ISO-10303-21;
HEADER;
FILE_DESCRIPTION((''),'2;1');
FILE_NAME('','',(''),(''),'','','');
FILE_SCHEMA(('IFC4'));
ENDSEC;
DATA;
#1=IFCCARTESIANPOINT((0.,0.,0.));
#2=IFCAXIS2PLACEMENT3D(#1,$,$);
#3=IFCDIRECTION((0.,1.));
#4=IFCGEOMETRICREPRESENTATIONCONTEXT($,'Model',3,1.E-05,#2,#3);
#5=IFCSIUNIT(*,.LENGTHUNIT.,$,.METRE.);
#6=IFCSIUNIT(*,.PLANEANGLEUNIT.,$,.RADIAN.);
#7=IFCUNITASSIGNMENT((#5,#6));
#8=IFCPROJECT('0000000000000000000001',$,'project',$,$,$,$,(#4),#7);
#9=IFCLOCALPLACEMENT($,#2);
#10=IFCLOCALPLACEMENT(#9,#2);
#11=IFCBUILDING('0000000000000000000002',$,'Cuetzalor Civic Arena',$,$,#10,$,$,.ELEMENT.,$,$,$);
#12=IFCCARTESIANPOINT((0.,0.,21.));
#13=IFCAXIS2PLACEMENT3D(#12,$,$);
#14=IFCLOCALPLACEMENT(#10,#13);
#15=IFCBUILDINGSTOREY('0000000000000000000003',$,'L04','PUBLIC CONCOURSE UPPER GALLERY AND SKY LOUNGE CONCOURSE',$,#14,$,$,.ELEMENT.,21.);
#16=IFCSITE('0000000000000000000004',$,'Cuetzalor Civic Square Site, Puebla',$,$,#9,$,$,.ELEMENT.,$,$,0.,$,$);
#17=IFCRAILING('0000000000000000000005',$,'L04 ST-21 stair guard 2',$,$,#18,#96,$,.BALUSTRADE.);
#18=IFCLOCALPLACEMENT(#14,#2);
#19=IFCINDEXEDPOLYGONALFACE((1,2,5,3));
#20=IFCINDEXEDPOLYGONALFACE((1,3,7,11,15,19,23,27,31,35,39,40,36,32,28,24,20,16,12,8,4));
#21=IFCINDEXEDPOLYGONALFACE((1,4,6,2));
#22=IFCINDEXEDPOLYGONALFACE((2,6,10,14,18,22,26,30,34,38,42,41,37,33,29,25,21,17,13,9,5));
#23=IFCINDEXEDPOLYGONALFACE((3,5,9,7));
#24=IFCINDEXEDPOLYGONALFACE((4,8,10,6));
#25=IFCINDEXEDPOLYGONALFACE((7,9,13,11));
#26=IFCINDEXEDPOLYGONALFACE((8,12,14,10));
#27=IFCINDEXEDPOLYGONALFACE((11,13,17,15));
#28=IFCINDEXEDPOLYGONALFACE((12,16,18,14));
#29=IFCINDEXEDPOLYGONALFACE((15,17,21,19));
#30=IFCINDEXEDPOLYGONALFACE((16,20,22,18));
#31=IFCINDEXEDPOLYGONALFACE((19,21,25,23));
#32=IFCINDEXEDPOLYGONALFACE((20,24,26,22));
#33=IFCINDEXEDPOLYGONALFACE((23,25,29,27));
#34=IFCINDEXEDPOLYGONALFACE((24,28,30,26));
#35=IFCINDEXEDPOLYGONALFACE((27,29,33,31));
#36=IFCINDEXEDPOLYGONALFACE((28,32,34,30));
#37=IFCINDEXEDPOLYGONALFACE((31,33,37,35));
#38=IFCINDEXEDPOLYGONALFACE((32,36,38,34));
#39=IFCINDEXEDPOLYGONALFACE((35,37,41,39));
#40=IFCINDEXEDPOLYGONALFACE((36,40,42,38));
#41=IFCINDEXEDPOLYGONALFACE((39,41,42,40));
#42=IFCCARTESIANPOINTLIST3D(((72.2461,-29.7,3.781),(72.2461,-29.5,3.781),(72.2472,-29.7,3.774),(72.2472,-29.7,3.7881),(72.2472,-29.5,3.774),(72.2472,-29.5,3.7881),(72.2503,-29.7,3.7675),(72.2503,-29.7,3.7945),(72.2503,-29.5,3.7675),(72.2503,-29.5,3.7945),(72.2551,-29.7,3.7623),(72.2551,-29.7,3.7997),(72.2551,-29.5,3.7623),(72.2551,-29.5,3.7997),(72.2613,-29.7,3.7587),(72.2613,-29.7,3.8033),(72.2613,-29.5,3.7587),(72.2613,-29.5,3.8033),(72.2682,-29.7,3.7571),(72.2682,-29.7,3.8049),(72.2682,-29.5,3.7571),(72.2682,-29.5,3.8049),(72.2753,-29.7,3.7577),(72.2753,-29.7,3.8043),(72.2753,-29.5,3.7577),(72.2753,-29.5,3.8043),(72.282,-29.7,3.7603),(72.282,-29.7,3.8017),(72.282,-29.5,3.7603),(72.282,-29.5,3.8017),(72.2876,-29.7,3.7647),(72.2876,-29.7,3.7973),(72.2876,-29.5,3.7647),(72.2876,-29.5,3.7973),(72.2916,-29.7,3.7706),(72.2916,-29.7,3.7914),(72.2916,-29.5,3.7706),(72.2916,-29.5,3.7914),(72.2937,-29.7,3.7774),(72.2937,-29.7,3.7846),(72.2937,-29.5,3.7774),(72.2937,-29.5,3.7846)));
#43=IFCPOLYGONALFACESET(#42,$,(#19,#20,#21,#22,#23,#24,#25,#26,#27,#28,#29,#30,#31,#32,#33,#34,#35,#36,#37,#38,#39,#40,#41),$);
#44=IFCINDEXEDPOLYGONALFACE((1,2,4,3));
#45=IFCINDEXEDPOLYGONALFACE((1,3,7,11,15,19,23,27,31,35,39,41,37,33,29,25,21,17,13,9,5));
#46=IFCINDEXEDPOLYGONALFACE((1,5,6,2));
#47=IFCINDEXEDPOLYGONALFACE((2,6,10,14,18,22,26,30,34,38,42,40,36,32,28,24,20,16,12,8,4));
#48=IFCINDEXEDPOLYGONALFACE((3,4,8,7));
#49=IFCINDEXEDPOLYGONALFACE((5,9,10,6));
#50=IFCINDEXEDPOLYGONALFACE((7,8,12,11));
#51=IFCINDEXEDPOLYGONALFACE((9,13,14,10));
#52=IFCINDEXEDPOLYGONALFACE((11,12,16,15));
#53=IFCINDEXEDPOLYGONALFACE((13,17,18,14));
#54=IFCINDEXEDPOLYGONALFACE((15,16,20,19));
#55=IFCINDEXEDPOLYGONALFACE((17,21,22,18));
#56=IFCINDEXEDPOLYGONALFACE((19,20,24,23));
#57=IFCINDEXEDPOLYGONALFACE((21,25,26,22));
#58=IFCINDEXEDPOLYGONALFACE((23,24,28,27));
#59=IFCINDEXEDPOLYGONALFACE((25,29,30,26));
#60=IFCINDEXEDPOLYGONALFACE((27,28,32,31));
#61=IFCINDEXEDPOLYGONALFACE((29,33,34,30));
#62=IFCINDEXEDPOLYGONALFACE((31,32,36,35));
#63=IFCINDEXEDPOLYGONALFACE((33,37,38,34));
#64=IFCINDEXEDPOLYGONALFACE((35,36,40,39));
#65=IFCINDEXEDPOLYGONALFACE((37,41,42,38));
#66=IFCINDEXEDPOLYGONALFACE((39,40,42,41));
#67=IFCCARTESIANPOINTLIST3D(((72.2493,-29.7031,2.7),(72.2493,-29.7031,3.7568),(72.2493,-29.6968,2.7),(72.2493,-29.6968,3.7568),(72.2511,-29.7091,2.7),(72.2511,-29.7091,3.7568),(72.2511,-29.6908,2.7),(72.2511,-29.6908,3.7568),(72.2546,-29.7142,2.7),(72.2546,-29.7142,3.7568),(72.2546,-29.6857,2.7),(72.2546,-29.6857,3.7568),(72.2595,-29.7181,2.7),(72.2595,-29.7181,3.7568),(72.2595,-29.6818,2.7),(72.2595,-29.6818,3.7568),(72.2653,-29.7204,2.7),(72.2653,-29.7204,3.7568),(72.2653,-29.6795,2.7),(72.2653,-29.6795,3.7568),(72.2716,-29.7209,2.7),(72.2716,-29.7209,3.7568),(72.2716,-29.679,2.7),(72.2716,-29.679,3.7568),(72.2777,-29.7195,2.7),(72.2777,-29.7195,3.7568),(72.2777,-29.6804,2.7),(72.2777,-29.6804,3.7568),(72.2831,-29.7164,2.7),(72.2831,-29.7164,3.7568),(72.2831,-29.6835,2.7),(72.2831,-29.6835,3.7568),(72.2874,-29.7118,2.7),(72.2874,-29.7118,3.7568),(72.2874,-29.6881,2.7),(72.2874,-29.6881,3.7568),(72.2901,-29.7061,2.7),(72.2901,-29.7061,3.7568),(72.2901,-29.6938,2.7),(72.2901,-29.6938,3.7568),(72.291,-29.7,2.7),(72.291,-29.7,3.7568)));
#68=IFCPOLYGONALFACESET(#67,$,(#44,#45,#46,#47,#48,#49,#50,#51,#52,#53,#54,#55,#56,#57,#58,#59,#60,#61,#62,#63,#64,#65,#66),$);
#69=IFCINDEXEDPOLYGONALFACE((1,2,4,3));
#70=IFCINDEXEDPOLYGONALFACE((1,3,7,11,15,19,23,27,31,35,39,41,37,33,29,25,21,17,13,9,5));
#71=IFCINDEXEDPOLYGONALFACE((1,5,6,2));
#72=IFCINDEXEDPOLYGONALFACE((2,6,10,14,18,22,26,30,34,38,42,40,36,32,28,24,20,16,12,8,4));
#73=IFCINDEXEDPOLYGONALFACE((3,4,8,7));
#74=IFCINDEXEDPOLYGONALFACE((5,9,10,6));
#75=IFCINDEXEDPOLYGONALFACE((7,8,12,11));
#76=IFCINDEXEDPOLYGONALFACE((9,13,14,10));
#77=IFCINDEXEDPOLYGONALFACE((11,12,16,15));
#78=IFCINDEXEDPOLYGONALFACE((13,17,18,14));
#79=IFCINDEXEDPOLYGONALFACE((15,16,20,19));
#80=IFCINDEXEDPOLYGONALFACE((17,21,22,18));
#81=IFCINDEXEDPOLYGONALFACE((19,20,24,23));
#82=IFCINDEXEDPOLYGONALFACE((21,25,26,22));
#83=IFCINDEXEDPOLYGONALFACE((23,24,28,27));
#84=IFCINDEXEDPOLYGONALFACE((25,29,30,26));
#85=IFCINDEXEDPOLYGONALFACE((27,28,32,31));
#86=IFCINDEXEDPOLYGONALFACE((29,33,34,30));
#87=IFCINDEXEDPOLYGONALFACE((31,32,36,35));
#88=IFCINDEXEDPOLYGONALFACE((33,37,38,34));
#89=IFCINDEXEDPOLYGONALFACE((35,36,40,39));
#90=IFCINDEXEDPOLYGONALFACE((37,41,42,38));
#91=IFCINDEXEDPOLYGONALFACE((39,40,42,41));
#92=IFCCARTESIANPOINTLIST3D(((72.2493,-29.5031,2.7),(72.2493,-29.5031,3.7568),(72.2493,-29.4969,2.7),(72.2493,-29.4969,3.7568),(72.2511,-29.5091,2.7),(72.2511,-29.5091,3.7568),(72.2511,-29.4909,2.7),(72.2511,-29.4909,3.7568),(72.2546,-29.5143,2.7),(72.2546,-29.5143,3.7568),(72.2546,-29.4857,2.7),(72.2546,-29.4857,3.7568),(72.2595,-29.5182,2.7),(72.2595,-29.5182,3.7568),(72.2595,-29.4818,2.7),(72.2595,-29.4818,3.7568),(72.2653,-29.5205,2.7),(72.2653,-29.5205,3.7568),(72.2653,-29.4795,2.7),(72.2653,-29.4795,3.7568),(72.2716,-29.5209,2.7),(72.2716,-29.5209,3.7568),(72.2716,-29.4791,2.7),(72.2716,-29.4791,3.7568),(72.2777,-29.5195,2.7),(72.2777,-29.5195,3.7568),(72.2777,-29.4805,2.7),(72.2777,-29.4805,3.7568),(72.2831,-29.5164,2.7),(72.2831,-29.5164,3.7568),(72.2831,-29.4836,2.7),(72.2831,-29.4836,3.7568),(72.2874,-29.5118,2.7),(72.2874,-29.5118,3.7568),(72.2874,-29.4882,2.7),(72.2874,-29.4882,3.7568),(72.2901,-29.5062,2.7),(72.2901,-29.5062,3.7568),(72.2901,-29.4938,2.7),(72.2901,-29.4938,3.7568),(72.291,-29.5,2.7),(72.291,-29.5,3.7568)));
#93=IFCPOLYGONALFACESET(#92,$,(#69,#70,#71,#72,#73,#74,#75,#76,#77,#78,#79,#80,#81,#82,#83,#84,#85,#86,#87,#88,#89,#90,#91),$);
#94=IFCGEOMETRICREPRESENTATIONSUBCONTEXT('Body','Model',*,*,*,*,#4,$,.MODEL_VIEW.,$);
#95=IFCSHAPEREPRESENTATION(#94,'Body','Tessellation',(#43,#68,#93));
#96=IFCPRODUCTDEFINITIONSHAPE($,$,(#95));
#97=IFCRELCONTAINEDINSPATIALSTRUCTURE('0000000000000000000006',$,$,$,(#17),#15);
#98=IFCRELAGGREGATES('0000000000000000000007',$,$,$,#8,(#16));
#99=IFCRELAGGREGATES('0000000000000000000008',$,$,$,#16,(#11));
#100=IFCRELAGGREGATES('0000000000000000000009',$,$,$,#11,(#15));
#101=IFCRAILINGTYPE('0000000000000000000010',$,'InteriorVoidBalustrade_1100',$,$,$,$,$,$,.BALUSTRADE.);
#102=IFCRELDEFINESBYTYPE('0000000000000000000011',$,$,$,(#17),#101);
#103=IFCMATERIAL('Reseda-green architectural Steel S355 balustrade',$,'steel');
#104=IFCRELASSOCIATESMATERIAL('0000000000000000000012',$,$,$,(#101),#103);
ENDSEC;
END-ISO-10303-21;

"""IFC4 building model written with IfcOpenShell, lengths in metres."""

from ifc_helpers import new_model, si_unit, direction, frame, origin, origin_2d, place, context, subcontext, project, spatial, circle, extrude, material, type_object, element, save


model = new_model("IFC4")

# Units and contexts
model_context = context("Model", 3, precision=1e-05, world=origin(), true_north=direction((0.0, 1.0)))
body_context = subcontext(model_context, "Body", "Model", "MODEL_VIEW")
ifc_project = project(units=[si_unit("LENGTHUNIT", "METRE"), si_unit("PLANEANGLEUNIT", "RADIAN")], contexts=[model_context])

# Site, building, storey
site_placement = place(None, origin())
site = spatial("IfcSite", under=ifc_project, at=site_placement, Name="Cuetzalor Civic Square Site, Puebla", CompositionType="ELEMENT", RefElevation=0.0)
building_placement = place(site_placement, origin())
building = spatial("IfcBuilding", under=site, at=building_placement, Name="Cuetzalor Civic Arena", CompositionType="ELEMENT")
storey_placement = place(building_placement, frame((0.0, 0.0, 21.0)))
storey = spatial("IfcBuildingStorey", under=building, at=storey_placement, Name="L04", Description="PUBLIC CONCOURSE UPPER GALLERY AND SKY LOUNGE CONCOURSE", CompositionType="ELEMENT", Elevation=21.0)

# Railing
ifc_material_1 = material(Name="Reseda-green architectural Steel S355 balustrade", Category="steel")
railing_type_1 = type_object("IfcRailingType", Name="InteriorVoidBalustrade_1100", PredefinedType="BALUSTRADE", material=ifc_material_1)
railing_1_placement = place(storey_placement, frame((72.27, -29.7, 2.7)))
element("IfcRailing", 1, at=railing_1_placement, inside=storey, type_object=railing_type_1, Name="L04 ST-21 stair guard 2", PredefinedType="BALUSTRADE", context=body_context, shape_type="SweptSolid", body=[
    extrude(circle(Radius=0.0239, at=origin_2d()), frame((0.0, 0.0, 1.0811), z_axis=(0.0, 1.0, 0.0), x_axis=(-1.0, 0.0, 0.0)), (0.0, 0.0, 1.0), 0.2),
    extrude(circle(Radius=0.021, at=origin_2d()), origin(), (0.0, 0.0, 1.0), 1.0569),
    extrude(circle(Radius=0.021, at=origin_2d()), frame((0.0, 0.2, 0.0)), (0.0, 0.0, 1.0), 1.0569),
])

save(model, "model.ifc")
